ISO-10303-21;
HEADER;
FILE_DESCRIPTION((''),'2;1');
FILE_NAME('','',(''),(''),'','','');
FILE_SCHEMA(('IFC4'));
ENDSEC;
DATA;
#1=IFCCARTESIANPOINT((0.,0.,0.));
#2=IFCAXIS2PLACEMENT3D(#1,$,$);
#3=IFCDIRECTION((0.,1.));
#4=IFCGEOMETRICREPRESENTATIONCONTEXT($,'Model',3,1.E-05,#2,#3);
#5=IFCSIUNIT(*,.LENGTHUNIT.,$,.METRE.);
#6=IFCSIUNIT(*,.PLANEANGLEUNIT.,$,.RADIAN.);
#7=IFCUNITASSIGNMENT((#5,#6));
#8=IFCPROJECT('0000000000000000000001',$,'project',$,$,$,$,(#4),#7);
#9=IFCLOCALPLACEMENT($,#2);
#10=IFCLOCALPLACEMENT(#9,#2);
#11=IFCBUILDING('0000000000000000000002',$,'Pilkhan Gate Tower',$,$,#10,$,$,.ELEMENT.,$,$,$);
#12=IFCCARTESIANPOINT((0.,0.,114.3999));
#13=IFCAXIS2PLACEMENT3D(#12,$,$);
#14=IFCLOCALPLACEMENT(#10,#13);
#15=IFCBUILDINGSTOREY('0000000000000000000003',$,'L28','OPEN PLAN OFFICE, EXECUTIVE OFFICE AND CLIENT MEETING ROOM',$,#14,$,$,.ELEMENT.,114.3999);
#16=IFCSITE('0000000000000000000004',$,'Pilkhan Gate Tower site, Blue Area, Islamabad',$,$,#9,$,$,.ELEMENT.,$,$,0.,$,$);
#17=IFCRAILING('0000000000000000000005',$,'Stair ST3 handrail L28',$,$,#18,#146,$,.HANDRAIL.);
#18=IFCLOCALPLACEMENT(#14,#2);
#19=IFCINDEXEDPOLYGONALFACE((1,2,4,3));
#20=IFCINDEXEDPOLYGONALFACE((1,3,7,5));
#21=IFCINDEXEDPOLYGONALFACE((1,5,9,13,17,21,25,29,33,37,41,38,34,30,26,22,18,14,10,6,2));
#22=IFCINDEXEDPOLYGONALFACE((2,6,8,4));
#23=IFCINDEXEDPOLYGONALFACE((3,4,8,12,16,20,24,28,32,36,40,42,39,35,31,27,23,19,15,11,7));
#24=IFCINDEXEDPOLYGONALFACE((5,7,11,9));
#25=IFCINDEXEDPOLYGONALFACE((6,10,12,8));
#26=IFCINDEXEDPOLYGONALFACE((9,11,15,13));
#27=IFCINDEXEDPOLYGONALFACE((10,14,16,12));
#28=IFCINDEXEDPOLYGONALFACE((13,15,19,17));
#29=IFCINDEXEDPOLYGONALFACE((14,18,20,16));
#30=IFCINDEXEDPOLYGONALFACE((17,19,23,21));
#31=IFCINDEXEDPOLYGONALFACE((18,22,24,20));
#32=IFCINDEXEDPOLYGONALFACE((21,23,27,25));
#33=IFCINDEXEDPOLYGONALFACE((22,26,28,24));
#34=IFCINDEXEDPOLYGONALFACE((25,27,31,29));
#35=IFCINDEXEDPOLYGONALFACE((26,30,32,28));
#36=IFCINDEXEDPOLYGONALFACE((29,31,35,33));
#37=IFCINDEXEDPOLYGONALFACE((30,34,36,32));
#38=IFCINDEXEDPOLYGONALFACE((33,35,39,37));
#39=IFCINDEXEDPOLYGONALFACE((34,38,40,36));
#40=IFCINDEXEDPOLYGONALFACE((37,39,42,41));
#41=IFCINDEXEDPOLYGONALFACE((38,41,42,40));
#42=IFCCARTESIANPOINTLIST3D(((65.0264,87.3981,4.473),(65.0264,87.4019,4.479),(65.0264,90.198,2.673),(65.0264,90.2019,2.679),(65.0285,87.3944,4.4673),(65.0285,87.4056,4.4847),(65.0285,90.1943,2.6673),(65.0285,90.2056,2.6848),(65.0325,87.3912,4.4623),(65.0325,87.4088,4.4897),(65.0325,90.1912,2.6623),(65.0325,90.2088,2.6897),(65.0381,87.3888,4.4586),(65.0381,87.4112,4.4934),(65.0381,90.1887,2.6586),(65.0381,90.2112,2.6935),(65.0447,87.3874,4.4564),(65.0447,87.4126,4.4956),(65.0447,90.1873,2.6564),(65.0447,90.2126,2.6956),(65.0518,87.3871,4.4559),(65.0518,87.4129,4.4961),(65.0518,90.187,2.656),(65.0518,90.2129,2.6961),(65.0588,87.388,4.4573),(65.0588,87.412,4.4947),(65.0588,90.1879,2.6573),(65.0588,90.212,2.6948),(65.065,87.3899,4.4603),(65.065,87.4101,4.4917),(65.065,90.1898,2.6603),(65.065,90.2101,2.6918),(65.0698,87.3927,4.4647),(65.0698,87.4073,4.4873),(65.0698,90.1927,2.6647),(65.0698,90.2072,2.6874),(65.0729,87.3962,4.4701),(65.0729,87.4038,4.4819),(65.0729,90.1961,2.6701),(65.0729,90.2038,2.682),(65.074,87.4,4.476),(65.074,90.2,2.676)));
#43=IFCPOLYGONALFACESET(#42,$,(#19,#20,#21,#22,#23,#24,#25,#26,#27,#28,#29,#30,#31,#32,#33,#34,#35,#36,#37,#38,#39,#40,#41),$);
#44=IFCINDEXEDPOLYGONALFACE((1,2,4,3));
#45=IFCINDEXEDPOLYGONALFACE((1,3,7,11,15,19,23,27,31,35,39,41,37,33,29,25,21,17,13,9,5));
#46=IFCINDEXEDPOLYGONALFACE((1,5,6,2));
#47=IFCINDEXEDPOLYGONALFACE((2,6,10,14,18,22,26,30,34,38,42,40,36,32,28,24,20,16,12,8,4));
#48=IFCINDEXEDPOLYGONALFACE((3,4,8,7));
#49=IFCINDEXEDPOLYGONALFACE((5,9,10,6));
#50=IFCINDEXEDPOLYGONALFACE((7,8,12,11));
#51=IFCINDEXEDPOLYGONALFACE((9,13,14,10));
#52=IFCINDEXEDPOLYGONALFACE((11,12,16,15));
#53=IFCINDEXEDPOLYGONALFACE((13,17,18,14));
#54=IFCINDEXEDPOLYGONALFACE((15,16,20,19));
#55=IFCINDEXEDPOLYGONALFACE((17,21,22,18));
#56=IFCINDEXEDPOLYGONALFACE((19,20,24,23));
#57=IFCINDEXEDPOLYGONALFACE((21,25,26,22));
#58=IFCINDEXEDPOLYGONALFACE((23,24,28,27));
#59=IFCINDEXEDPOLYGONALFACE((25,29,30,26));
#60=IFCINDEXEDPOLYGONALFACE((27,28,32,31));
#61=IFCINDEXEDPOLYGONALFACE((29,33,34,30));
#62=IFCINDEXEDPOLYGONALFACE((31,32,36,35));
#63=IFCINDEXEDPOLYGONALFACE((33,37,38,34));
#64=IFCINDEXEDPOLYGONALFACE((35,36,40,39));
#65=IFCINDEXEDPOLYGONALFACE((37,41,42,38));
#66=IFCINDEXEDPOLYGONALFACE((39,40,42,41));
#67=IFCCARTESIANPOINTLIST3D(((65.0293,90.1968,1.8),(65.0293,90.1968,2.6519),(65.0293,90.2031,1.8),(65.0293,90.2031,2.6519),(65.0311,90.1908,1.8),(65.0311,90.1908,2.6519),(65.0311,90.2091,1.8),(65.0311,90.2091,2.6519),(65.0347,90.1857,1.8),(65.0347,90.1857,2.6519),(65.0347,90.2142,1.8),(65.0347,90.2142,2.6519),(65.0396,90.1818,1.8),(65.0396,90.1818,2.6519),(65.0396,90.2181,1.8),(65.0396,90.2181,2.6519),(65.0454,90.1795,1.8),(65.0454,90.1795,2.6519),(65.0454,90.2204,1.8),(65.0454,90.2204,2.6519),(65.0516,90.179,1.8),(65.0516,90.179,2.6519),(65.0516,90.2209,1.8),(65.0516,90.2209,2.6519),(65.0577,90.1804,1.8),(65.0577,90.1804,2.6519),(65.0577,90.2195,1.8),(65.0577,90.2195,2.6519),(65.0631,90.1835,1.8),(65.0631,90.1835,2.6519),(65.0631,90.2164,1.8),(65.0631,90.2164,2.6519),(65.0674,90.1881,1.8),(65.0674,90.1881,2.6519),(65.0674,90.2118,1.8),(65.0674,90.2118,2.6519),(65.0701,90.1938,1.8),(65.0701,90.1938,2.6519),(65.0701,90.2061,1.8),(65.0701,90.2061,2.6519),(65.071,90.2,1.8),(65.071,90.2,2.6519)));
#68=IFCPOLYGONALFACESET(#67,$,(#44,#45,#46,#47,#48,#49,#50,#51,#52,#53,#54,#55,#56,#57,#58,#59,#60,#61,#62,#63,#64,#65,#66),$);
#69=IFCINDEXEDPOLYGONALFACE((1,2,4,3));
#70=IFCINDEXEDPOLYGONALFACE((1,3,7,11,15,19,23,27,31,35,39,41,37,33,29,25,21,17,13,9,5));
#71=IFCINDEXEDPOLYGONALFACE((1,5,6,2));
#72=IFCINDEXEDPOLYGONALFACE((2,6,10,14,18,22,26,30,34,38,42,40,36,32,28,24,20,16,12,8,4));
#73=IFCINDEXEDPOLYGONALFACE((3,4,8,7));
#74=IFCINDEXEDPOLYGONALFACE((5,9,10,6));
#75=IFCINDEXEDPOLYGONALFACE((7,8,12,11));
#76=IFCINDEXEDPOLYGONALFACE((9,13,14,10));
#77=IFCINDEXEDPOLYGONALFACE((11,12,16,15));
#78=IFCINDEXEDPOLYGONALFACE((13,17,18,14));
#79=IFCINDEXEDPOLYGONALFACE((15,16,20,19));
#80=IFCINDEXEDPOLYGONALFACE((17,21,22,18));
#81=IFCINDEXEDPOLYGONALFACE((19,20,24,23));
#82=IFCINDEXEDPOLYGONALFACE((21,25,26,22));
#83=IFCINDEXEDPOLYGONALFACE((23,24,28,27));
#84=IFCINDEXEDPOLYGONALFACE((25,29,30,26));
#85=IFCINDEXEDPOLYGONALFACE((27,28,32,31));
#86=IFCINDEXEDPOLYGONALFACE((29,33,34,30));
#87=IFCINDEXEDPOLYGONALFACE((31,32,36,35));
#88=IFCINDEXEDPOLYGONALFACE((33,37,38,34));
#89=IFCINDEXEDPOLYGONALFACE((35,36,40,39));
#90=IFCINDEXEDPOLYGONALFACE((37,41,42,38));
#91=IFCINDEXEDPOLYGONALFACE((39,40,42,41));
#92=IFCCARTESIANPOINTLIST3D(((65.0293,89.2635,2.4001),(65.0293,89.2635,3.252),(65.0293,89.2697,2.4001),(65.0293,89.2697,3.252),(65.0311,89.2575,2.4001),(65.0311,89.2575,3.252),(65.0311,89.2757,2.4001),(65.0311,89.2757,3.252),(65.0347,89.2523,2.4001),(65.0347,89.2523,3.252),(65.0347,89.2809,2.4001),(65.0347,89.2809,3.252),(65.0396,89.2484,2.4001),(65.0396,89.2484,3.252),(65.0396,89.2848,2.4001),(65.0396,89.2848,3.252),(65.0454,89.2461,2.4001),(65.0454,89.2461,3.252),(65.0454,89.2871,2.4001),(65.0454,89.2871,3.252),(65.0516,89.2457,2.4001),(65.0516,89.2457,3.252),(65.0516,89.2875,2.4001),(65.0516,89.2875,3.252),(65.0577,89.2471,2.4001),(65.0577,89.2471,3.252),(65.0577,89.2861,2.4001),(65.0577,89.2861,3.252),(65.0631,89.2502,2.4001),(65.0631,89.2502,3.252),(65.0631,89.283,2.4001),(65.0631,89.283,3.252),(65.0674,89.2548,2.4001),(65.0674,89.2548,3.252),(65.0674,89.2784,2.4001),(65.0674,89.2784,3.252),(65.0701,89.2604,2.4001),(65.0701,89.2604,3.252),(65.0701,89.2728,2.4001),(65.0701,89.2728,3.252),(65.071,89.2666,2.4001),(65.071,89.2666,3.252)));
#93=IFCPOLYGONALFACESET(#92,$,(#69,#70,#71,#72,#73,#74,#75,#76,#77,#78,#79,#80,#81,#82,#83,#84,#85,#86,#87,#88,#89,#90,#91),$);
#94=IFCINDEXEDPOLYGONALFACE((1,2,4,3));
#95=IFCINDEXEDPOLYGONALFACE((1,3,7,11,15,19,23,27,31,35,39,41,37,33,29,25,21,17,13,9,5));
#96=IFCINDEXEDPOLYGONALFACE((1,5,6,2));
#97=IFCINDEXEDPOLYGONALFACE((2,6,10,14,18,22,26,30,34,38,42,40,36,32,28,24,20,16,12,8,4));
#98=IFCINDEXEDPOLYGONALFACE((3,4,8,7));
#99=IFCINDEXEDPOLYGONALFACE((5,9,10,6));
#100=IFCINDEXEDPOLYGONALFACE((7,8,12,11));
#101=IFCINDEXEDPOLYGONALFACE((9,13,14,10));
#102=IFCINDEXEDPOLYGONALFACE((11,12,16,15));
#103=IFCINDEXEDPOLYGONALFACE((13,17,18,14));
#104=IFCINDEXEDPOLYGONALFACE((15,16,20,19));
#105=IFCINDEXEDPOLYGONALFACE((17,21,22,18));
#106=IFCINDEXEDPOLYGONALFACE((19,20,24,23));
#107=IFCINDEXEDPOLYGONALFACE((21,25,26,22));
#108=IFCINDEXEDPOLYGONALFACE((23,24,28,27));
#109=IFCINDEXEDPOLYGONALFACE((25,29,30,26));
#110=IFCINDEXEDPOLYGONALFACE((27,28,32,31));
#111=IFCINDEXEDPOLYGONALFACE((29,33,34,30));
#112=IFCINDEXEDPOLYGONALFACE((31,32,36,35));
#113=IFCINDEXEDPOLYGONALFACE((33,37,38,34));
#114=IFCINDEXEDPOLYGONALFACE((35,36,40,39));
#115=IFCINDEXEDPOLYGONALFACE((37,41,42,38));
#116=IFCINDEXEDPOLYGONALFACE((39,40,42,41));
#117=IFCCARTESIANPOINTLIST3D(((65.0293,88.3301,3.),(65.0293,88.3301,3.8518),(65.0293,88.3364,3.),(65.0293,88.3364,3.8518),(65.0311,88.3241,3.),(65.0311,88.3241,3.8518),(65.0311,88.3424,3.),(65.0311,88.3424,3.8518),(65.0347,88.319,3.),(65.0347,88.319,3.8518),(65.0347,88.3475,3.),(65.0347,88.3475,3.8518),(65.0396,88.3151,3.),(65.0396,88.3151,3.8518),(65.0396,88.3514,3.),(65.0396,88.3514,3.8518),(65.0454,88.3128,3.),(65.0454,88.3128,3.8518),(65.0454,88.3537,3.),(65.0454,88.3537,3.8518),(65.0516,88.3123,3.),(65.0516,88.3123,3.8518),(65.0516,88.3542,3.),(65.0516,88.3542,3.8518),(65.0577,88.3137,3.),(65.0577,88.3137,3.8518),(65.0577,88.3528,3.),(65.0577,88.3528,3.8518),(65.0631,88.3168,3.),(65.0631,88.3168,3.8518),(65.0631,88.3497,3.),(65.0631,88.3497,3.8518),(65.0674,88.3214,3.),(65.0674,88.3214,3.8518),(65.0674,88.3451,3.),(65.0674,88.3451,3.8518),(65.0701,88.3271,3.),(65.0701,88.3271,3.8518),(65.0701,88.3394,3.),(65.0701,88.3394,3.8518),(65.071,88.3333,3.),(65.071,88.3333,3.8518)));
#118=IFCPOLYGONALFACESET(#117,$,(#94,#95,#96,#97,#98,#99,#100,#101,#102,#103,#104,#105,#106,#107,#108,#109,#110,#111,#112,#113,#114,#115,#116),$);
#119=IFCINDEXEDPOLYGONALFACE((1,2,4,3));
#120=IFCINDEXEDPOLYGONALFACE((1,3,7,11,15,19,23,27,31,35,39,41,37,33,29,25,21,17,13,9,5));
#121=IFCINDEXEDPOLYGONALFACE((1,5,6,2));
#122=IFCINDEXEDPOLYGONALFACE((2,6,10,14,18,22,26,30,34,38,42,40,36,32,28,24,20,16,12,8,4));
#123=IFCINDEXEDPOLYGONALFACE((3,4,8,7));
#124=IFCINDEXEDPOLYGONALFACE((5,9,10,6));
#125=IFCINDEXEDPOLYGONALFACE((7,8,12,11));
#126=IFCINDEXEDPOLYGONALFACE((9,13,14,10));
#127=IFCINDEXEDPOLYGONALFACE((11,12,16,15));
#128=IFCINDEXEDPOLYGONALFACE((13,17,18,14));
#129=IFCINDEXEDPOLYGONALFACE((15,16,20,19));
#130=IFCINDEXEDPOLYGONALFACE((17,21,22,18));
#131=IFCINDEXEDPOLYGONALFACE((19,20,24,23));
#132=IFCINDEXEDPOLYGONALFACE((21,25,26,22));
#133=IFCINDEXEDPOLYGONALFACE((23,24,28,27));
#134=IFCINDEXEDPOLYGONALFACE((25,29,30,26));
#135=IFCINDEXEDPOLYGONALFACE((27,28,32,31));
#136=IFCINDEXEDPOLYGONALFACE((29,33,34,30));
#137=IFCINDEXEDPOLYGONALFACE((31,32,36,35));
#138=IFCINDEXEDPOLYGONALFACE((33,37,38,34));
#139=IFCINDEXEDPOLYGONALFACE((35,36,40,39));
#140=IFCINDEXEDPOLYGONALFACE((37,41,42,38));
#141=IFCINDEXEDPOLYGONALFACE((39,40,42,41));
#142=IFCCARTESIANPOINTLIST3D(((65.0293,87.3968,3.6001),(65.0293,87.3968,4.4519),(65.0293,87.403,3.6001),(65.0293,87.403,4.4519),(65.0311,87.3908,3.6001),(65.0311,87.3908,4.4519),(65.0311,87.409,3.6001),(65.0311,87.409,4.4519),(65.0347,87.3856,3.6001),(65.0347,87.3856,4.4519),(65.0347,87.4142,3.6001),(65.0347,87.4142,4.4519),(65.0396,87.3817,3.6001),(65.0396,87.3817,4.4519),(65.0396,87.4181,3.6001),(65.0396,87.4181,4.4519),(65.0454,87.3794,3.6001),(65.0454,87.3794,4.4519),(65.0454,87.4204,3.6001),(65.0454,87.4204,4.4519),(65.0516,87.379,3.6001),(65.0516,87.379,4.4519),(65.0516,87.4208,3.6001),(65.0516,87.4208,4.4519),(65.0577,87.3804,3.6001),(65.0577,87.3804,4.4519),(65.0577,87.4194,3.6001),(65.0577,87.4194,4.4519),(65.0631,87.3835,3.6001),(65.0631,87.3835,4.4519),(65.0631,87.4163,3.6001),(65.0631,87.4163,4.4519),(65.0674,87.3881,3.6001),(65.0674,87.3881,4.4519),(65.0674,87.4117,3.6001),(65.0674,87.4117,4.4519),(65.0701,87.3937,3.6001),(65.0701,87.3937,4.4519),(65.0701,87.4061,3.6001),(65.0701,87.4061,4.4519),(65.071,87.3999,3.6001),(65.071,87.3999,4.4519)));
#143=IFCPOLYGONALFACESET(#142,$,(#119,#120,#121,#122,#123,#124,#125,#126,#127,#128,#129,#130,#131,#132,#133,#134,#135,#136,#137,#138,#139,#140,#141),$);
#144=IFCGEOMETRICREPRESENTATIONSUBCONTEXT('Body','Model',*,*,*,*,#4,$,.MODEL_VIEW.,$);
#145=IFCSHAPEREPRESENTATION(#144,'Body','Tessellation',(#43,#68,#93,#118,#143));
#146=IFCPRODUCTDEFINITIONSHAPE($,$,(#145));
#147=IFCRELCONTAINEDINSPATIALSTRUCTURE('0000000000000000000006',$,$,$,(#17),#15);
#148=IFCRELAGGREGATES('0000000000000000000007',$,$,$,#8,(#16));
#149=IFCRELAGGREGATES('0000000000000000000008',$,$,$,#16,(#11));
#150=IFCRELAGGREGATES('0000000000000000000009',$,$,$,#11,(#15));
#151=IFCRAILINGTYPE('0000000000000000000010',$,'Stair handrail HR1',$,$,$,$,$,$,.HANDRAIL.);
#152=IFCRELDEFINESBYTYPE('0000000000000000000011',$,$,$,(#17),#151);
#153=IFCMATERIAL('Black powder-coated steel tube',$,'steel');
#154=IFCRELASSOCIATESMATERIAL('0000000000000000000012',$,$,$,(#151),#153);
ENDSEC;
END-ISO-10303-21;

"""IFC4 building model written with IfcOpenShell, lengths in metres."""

from ifc_helpers import new_model, si_unit, direction, frame, origin, origin_2d, place, context, subcontext, project, spatial, circle, extrude, material, type_object, element, save


model = new_model("IFC4")

# Units and contexts
model_context = context("Model", 3, precision=1e-05, world=origin(), true_north=direction((0.0, 1.0)))
body_context = subcontext(model_context, "Body", "Model", "MODEL_VIEW")
ifc_project = project(units=[si_unit("LENGTHUNIT", "METRE"), si_unit("PLANEANGLEUNIT", "RADIAN")], contexts=[model_context])

# Site, building, storey
site_placement = place(None, origin())
site = spatial("IfcSite", under=ifc_project, at=site_placement, Name="Pilkhan Gate Tower site, Blue Area, Islamabad", CompositionType="ELEMENT", RefElevation=0.0)
building_placement = place(site_placement, origin())
building = spatial("IfcBuilding", under=site, at=building_placement, Name="Pilkhan Gate Tower", CompositionType="ELEMENT")
storey_placement = place(building_placement, frame((0.0, 0.0, 114.3999)))
storey = spatial("IfcBuildingStorey", under=building, at=storey_placement, Name="L28", Description="OPEN PLAN OFFICE, EXECUTIVE OFFICE AND CLIENT MEETING ROOM", CompositionType="ELEMENT", Elevation=114.3999)

# Railing
ifc_material_1 = material(Name="Black powder-coated steel tube", Category="steel")
railing_type_1 = type_object("IfcRailingType", Name="Stair handrail HR1", PredefinedType="HANDRAIL", material=ifc_material_1)
railing_1_placement = place(storey_placement, frame((65.05, 90.2, 1.8)))
element("IfcRailing", 1, at=railing_1_placement, inside=storey, type_object=railing_type_1, Name="Stair ST3 handrail L28", PredefinedType="HANDRAIL", context=body_context, shape_type="SweptSolid", body=[
    extrude(circle(Radius=0.0239, at=origin_2d()), frame((0.0, 0.0, 0.876), z_axis=(0.0, -0.841176, 0.540761), x_axis=(1.0, 0.0, 0.0)), (0.0, 0.0, 1.0), 3.3286),
    extrude(circle(Radius=0.021, at=origin_2d()), origin(), (0.0, 0.0, 1.0), 0.8518),
    extrude(circle(Radius=0.021, at=origin_2d()), frame((0.0, -0.9333, 0.6001)), (0.0, 0.0, 1.0), 0.8518),
    extrude(circle(Radius=0.021, at=origin_2d()), frame((0.0, -1.8667, 1.2)), (0.0, 0.0, 1.0), 0.8518),
    extrude(circle(Radius=0.021, at=origin_2d()), frame((0.0, -2.8, 1.8)), (0.0, 0.0, 1.0), 0.8518),
])

save(model, "model.ifc")
